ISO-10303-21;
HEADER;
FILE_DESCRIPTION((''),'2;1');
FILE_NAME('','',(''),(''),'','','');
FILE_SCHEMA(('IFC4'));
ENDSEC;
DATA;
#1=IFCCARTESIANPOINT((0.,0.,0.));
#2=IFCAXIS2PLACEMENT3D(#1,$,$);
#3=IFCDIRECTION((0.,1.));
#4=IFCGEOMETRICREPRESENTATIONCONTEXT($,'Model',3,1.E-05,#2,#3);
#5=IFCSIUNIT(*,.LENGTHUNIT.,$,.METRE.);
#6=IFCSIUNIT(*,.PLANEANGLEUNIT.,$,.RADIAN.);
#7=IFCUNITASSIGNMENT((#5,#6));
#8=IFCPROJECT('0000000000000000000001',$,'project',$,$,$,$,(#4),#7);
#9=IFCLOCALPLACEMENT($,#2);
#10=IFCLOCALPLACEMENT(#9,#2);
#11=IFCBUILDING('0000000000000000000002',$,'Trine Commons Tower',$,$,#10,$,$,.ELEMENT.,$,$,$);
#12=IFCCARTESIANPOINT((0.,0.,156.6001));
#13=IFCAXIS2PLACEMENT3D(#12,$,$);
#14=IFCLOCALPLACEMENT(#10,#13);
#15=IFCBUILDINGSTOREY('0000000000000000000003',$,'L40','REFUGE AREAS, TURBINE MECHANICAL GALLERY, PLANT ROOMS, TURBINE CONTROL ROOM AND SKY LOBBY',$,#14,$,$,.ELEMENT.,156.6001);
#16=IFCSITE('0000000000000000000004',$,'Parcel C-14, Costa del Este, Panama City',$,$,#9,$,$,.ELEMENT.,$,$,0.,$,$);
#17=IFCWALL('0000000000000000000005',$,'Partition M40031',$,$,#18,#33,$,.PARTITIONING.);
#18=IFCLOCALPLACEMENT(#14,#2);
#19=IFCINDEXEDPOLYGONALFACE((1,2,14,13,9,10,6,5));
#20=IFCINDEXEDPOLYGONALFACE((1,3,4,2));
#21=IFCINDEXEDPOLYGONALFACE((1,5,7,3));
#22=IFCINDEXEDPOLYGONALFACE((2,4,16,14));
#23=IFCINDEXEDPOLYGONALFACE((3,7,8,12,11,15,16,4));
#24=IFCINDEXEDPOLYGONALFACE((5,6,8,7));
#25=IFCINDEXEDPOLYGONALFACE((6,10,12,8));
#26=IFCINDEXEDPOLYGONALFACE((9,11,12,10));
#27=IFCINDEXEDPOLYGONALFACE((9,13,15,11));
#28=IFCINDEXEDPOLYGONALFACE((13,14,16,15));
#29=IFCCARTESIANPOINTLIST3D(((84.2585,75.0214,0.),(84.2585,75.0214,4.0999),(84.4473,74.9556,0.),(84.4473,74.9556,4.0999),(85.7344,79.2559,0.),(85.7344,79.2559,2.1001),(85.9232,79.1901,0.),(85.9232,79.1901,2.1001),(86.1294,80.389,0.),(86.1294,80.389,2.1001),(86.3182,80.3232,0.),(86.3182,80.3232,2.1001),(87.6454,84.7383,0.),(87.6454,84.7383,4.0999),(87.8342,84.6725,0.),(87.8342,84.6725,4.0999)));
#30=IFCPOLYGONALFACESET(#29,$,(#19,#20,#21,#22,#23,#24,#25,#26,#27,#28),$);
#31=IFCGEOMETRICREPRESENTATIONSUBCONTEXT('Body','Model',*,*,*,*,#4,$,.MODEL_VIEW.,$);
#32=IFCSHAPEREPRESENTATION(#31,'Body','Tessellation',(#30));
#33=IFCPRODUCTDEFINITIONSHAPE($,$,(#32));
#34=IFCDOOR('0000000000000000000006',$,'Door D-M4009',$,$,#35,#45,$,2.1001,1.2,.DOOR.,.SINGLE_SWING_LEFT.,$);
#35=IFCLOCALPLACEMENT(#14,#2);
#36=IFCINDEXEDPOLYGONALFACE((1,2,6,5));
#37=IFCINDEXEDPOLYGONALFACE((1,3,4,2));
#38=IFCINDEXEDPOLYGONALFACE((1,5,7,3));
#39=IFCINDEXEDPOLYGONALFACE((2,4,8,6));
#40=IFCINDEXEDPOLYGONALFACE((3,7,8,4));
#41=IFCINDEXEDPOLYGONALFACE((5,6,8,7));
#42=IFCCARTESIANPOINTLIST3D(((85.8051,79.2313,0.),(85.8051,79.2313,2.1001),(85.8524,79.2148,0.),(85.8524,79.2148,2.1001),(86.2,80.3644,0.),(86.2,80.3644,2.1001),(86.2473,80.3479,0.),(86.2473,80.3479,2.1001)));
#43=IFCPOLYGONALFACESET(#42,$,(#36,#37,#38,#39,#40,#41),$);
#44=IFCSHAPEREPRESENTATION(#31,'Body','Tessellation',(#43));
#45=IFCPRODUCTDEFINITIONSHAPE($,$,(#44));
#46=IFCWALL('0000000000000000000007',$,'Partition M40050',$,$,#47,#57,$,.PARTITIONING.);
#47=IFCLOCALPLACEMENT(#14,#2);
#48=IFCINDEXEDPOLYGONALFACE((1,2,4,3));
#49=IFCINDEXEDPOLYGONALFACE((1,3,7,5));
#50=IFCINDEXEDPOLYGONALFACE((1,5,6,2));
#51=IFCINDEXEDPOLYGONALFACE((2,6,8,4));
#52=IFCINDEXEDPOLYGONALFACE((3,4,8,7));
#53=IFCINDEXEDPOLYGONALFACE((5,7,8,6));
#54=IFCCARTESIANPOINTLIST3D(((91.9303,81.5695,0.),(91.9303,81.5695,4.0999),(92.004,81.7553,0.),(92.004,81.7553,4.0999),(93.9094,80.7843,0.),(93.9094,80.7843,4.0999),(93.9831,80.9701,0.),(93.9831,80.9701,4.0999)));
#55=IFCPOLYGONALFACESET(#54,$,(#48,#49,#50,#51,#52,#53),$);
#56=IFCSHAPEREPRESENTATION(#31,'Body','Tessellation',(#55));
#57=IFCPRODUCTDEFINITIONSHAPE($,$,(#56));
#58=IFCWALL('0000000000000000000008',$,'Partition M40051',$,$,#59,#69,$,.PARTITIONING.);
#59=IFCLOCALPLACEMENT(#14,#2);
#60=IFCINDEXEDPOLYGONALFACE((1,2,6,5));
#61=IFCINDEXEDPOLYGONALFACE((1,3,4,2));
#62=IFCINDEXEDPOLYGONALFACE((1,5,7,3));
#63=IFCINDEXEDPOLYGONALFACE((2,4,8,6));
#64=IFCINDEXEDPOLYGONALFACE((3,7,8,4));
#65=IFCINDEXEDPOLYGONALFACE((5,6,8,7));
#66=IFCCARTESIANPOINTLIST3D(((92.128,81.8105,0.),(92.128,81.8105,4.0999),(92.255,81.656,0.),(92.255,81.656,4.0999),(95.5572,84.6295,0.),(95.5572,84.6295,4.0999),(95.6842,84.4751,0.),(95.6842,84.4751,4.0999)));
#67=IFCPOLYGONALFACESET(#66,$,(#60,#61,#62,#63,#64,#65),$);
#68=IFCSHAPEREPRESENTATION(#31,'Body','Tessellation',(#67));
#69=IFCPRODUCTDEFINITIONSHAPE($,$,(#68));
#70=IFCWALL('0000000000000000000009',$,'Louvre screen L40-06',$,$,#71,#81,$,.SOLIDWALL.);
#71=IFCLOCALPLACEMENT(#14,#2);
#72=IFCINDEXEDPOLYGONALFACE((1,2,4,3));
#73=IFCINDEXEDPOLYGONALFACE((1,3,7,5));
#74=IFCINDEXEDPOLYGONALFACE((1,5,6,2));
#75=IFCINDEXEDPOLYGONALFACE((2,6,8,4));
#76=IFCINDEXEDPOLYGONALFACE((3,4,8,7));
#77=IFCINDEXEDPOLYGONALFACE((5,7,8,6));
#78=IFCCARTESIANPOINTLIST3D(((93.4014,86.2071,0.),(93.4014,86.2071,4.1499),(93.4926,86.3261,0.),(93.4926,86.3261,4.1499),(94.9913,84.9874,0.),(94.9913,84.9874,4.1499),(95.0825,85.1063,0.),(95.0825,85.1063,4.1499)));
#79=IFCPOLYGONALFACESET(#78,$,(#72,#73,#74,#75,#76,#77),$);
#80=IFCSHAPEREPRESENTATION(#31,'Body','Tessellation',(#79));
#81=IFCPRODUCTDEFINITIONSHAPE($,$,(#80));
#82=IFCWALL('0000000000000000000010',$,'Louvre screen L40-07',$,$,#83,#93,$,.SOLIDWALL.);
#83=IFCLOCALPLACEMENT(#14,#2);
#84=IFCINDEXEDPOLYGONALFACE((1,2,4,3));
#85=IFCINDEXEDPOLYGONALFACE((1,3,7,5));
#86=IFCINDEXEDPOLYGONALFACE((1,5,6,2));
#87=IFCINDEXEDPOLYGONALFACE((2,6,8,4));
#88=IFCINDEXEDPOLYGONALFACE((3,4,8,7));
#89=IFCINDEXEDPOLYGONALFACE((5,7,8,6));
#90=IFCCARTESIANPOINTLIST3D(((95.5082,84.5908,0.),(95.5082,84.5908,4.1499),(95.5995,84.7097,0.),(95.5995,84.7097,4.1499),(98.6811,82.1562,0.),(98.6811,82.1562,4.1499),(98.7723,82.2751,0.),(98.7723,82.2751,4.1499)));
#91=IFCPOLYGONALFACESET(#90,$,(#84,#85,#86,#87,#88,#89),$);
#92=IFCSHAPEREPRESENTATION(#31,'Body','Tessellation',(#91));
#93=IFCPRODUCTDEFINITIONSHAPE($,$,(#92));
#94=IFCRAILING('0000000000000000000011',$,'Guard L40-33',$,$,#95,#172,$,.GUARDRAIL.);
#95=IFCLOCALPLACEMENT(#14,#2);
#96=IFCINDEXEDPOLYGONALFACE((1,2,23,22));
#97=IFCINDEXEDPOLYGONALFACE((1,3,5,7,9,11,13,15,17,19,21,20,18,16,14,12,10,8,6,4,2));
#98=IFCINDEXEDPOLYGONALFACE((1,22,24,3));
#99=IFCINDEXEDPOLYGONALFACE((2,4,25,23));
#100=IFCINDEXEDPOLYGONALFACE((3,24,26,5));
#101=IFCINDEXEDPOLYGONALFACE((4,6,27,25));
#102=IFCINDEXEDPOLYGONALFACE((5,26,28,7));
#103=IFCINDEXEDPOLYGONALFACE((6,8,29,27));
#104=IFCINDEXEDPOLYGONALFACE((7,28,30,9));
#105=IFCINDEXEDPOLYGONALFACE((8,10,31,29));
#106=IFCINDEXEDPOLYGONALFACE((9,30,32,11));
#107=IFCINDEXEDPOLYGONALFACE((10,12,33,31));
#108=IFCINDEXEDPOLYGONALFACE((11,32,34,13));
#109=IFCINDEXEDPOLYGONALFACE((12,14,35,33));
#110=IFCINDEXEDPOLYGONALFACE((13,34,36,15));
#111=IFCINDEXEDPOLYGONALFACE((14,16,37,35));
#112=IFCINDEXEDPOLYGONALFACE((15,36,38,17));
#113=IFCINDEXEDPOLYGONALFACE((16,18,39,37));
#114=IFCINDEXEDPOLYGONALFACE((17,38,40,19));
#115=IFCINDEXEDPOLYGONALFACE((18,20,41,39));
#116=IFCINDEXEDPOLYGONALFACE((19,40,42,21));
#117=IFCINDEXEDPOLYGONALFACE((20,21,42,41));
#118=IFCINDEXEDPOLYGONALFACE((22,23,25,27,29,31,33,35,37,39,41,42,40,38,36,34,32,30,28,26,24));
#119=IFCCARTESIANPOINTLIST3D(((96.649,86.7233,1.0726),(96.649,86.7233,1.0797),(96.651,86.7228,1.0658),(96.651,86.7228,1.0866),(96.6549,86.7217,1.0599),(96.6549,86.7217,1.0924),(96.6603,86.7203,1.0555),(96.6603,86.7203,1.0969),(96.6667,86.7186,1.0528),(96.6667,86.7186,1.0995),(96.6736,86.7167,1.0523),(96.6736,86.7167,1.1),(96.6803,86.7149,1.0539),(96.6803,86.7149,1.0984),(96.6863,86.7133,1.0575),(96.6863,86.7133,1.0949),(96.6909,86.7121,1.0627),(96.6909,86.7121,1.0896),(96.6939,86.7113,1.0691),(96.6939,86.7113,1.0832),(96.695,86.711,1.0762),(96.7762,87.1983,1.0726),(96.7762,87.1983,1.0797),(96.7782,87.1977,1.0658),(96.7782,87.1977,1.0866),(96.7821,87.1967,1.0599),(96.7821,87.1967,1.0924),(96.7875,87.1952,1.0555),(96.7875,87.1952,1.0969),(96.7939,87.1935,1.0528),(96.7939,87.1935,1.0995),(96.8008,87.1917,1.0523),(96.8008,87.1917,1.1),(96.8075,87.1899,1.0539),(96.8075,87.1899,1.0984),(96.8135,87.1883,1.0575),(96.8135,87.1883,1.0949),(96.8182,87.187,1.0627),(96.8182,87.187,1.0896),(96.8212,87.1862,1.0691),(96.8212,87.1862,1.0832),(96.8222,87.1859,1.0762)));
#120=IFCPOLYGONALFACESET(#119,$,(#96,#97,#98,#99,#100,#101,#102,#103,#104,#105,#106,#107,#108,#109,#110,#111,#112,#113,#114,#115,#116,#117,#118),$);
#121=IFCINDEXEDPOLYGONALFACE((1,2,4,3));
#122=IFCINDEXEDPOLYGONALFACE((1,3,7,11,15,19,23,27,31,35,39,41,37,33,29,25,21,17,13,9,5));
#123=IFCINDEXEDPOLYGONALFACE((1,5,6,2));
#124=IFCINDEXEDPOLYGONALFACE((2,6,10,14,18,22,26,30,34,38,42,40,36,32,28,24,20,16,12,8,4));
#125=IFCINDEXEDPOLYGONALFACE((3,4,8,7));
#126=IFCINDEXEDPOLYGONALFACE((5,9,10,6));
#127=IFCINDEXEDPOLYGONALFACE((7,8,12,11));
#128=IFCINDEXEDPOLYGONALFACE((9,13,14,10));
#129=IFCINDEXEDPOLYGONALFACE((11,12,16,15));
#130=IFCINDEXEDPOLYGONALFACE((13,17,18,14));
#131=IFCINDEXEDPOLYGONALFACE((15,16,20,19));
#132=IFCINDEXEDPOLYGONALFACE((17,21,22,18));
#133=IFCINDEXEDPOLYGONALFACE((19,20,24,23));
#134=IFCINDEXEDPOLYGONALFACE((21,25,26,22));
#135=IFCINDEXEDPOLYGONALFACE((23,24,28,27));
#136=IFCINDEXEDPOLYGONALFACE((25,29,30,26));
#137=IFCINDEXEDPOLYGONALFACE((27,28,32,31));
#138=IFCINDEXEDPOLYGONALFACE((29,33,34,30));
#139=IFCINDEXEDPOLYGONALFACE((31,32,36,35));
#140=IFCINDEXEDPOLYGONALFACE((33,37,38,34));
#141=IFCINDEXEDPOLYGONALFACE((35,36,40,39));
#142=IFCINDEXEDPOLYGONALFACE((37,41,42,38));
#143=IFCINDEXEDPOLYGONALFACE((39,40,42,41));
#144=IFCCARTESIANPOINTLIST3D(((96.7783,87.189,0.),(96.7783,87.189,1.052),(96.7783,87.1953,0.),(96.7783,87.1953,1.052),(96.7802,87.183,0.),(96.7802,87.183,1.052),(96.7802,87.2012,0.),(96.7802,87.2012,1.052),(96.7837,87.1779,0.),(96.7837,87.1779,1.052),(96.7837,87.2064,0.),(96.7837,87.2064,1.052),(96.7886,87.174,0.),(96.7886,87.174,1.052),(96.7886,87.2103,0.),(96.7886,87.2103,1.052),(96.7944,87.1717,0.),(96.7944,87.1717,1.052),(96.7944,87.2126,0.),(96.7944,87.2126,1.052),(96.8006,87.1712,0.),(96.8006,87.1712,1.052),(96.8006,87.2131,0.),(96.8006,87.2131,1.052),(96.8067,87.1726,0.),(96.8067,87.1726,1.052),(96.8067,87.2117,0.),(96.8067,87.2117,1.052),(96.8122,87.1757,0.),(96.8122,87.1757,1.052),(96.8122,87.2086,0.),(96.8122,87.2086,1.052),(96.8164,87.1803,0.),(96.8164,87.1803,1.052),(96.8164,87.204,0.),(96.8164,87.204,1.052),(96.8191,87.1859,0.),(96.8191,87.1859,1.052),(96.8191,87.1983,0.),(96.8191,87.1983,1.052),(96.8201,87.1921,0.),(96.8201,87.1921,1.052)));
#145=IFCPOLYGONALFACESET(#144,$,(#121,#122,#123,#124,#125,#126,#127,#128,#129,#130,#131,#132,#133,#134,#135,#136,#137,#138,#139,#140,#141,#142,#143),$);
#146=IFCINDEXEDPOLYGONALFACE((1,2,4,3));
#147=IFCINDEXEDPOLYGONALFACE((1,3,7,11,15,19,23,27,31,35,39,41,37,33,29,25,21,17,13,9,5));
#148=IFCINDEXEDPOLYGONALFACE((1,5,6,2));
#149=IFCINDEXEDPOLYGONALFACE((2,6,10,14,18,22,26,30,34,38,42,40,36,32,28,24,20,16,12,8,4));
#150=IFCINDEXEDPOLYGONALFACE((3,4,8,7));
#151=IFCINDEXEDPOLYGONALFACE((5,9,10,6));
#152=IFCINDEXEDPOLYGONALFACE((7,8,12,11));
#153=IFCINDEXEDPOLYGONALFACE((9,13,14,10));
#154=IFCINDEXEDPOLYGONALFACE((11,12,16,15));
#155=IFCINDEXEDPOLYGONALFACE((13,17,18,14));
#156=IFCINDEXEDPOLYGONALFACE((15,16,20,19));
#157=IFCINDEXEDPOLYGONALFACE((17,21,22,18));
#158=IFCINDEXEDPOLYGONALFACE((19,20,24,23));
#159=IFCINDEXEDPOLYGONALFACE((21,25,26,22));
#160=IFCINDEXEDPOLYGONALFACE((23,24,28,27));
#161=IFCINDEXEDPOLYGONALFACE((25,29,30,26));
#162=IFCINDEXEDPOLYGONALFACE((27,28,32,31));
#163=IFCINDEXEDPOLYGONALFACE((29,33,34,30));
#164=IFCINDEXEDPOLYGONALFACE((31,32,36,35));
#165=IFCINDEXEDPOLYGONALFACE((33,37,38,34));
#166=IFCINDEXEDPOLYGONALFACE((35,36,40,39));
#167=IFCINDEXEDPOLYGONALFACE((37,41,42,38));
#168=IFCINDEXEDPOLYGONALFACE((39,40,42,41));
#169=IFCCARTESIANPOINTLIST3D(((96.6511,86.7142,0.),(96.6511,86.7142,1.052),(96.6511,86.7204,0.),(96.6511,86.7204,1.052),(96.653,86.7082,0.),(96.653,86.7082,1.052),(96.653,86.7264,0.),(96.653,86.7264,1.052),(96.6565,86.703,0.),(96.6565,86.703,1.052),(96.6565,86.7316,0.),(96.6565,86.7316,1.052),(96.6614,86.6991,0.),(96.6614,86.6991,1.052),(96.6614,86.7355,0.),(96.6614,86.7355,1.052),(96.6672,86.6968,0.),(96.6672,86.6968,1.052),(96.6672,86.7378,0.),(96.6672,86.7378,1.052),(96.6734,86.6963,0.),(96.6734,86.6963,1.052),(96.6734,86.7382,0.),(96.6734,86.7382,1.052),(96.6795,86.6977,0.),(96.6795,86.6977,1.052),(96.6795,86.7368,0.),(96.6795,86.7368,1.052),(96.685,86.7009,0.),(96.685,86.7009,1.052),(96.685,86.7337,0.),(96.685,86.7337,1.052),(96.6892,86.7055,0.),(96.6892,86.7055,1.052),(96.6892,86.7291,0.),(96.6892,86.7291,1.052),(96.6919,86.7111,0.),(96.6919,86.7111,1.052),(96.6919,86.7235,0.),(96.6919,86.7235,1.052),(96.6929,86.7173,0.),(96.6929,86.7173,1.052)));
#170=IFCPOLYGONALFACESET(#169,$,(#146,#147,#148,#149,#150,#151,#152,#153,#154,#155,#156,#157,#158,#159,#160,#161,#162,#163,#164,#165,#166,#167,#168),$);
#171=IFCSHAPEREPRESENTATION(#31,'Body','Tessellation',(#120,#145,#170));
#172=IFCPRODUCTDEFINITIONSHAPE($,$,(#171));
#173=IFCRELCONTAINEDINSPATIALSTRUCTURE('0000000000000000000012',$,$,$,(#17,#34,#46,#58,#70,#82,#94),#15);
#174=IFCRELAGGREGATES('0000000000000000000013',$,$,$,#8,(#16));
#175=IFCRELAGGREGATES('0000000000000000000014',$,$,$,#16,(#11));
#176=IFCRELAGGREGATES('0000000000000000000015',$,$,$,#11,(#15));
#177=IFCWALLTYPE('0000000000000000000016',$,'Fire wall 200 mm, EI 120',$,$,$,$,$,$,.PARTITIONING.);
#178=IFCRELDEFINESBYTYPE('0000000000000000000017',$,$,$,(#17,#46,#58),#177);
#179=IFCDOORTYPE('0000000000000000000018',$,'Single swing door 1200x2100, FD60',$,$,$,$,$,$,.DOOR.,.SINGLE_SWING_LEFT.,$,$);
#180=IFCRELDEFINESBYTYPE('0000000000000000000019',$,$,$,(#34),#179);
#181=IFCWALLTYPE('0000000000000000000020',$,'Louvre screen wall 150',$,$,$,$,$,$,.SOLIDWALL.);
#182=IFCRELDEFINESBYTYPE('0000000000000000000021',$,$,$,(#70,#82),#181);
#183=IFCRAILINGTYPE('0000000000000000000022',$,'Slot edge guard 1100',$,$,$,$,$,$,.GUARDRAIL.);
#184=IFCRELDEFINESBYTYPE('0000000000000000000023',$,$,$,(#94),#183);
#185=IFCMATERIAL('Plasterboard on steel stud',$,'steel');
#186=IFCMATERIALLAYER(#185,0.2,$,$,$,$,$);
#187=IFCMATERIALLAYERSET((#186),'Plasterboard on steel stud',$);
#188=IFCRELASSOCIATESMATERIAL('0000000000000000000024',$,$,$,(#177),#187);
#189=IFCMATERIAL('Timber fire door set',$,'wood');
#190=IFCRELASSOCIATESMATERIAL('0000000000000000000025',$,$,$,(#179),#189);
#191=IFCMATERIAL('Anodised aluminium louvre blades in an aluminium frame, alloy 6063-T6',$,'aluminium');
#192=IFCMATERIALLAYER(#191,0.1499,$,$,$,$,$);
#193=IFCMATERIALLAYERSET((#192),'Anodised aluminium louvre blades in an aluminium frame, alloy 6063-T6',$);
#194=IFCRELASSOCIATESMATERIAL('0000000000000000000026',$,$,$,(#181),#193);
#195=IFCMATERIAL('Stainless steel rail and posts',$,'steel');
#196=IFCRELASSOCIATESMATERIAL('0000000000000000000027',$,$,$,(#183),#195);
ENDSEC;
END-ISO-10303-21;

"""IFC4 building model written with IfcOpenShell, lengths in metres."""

from ifc_helpers import new_model, si_unit, direction, frame, frame_2d, origin, origin_2d, place, context, subcontext, project, spatial, rectangle, circle, extrude, material, layer, layer_set, type_object, element, fill, save


model = new_model("IFC4")

# Units and contexts
model_context = context("Model", 3, precision=1e-05, world=origin(), true_north=direction((0.0, 1.0)))
body_context = subcontext(model_context, "Body", "Model", "MODEL_VIEW")
ifc_project = project(units=[si_unit("LENGTHUNIT", "METRE"), si_unit("PLANEANGLEUNIT", "RADIAN")], contexts=[model_context])

# Site, building, storey
site_placement = place(None, origin())
site = spatial("IfcSite", under=ifc_project, at=site_placement, Name="Parcel C-14, Costa del Este, Panama City", CompositionType="ELEMENT", RefElevation=0.0)
building_placement = place(site_placement, origin())
building = spatial("IfcBuilding", under=site, at=building_placement, Name="Trine Commons Tower", CompositionType="ELEMENT")
storey_placement = place(building_placement, frame((0.0, 0.0, 156.6001)))
storey = spatial("IfcBuildingStorey", under=building, at=storey_placement, Name="L40", Description="REFUGE AREAS, TURBINE MECHANICAL GALLERY, PLANT ROOMS, TURBINE CONTROL ROOM AND SKY LOBBY", CompositionType="ELEMENT", Elevation=156.6001)

# Wall, opening, door
ifc_material_1 = material(Name="Plasterboard on steel stud", Category="steel")
ifc_layer_1 = layer(ifc_material_1, 0.2)
ifc_layer_set_1 = layer_set([ifc_layer_1], Name="Plasterboard on steel stud")
wall_type_1 = type_object("IfcWallType", Name="Fire wall 200 mm, EI 120", PredefinedType="PARTITIONING", material=ifc_layer_set_1)
wall_1_placement = place(storey_placement, frame((87.7397, 84.7053, 0.0), z_axis=(0.0, 0.0, 1.0), x_axis=(-0.329138, -0.944282, 0.0)))
wall_1 = element("IfcWall", 1, at=wall_1_placement, inside=storey, type_object=wall_type_1, Name="Partition M40031", PredefinedType="PARTITIONING", context=body_context, shape_type="SweptSolid", body=[
    extrude(rectangle(XDim=10.2903, YDim=0.2, at=frame_2d((5.145, 0.0))), origin(), (0.0, 0.0, 1.0), 4.0999),
])
opening_placement = place(wall_1_placement, frame((4.6057, 0.0, 0.0)))
opening = element("IfcOpeningElement", 2, at=opening_placement, cuts=wall_1, PredefinedType="OPENING", context=body_context, shape_type="SweptSolid", body=[
    extrude(rectangle(XDim=1.2, YDim=2.1001, at=frame_2d((0.6001, 1.05))), frame((0.0, 0.1099, 0.0), z_axis=(0.0, -1.0, 0.0), x_axis=(1.0, 0.0, 0.0)), (0.0, 0.0, 1.0), 0.22),
])
ifc_material_2 = material(Name="Timber fire door set", Category="wood")
door_type = type_object("IfcDoorType", Name="Single swing door 1200x2100, FD60", OperationType="SINGLE_SWING_LEFT", PredefinedType="DOOR", material=ifc_material_2)
door_placement = place(opening_placement, origin())
door = element("IfcDoor", 3, at=door_placement, inside=storey, type_object=door_type, Name="Door D-M4009", OperationType="SINGLE_SWING_LEFT", OverallHeight=2.1001, OverallWidth=1.2, PredefinedType="DOOR", context=body_context, shape_type="SweptSolid", body=[
    extrude(rectangle(XDim=1.2, YDim=2.1001, at=frame_2d((0.6001, 1.05))), frame((0.0, 0.0249, 0.0), z_axis=(0.0, -1.0, 0.0), x_axis=(1.0, 0.0, 0.0)), (0.0, 0.0, 1.0), 0.05),
])
fill(opening, door)

# Walls
wall_2_placement = place(storey_placement, frame((91.9673, 81.6624, 0.0), z_axis=(0.0, 0.0, 1.0), x_axis=(0.929517, -0.368779, 0.0)))
element("IfcWall", 4, at=wall_2_placement, inside=storey, type_object=wall_type_1, Name="Partition M40050", PredefinedType="PARTITIONING", context=body_context, shape_type="SweptSolid", body=[
    extrude(rectangle(XDim=2.1292, YDim=0.2, at=frame_2d((1.0645, 0.0))), origin(), (0.0, 0.0, 1.0), 4.0999),
])
wall_3_placement = place(storey_placement, frame((92.1914, 81.7332, 0.0), z_axis=(0.0, 0.0, 1.0), x_axis=(0.772478, 0.635042, 0.0)))
element("IfcWall", 5, at=wall_3_placement, inside=storey, type_object=wall_type_1, Name="Partition M40051", PredefinedType="PARTITIONING", context=body_context, shape_type="SweptSolid", body=[
    extrude(rectangle(XDim=4.4392, YDim=0.2, at=frame_2d((2.2197, 0.0))), origin(), (0.0, 0.0, 1.0), 4.0999),
])
ifc_material_3 = material(Name="Anodised aluminium louvre blades in an aluminium frame, alloy 6063-T6", Category="aluminium")
ifc_layer_2 = layer(ifc_material_3, 0.1499)
ifc_layer_set_2 = layer_set([ifc_layer_2], Name="Anodised aluminium louvre blades in an aluminium frame, alloy 6063-T6")
wall_type_2 = type_object("IfcWallType", Name="Louvre screen wall 150", PredefinedType="SOLIDWALL", material=ifc_layer_set_2)
wall_4_placement = place(storey_placement, frame((93.447, 86.2666, 0.0), z_axis=(0.0, 0.0, 1.0), x_axis=(0.793402, -0.608698, 0.0)))
element("IfcWall", 6, at=wall_4_placement, inside=storey, type_object=wall_type_2, Name="Louvre screen L40-06", PredefinedType="SOLIDWALL", context=body_context, shape_type="SweptSolid", body=[
    extrude(rectangle(XDim=2.0039, YDim=0.1499, at=frame_2d((1.002, 0.0))), origin(), (0.0, 0.0, 1.0), 4.1499),
])
wall_5_placement = place(storey_placement, frame((95.554, 84.6501, 0.0), z_axis=(0.0, 0.0, 1.0), x_axis=(0.793359, -0.608754, 0.0)))
element("IfcWall", 7, at=wall_5_placement, inside=storey, type_object=wall_type_2, Name="Louvre screen L40-07", PredefinedType="SOLIDWALL", context=body_context, shape_type="SweptSolid", body=[
    extrude(rectangle(XDim=3.9993, YDim=0.1499, at=frame_2d((1.9995, 0.0))), origin(), (0.0, 0.0, 1.0), 4.1499),
])

# Railing
ifc_material_4 = material(Name="Stainless steel rail and posts", Category="steel")
railing_type = type_object("IfcRailingType", Name="Slot edge guard 1100", PredefinedType="GUARDRAIL", material=ifc_material_4)
railing_1_placement = place(storey_placement, frame((96.7991, 87.1921, 0.0)))
element("IfcRailing", 8, at=railing_1_placement, inside=storey, type_object=railing_type, Name="Guard L40-33", PredefinedType="GUARDRAIL", context=body_context, shape_type="SweptSolid", body=[
    extrude(circle(Radius=0.0239, at=origin_2d()), frame((0.0, 0.0, 1.0762), z_axis=(-0.258744, -0.965946, 0.0), x_axis=(0.965946, -0.258744, 0.0)), (0.0, 0.0, 1.0), 0.4917),
    extrude(circle(Radius=0.021, at=origin_2d()), origin(), (0.0, 0.0, 1.0), 1.052),
    extrude(circle(Radius=0.021, at=origin_2d()), frame((-0.1272, -0.4749, 0.0)), (0.0, 0.0, 1.0), 1.052),
])

save(model, "model.ifc")
